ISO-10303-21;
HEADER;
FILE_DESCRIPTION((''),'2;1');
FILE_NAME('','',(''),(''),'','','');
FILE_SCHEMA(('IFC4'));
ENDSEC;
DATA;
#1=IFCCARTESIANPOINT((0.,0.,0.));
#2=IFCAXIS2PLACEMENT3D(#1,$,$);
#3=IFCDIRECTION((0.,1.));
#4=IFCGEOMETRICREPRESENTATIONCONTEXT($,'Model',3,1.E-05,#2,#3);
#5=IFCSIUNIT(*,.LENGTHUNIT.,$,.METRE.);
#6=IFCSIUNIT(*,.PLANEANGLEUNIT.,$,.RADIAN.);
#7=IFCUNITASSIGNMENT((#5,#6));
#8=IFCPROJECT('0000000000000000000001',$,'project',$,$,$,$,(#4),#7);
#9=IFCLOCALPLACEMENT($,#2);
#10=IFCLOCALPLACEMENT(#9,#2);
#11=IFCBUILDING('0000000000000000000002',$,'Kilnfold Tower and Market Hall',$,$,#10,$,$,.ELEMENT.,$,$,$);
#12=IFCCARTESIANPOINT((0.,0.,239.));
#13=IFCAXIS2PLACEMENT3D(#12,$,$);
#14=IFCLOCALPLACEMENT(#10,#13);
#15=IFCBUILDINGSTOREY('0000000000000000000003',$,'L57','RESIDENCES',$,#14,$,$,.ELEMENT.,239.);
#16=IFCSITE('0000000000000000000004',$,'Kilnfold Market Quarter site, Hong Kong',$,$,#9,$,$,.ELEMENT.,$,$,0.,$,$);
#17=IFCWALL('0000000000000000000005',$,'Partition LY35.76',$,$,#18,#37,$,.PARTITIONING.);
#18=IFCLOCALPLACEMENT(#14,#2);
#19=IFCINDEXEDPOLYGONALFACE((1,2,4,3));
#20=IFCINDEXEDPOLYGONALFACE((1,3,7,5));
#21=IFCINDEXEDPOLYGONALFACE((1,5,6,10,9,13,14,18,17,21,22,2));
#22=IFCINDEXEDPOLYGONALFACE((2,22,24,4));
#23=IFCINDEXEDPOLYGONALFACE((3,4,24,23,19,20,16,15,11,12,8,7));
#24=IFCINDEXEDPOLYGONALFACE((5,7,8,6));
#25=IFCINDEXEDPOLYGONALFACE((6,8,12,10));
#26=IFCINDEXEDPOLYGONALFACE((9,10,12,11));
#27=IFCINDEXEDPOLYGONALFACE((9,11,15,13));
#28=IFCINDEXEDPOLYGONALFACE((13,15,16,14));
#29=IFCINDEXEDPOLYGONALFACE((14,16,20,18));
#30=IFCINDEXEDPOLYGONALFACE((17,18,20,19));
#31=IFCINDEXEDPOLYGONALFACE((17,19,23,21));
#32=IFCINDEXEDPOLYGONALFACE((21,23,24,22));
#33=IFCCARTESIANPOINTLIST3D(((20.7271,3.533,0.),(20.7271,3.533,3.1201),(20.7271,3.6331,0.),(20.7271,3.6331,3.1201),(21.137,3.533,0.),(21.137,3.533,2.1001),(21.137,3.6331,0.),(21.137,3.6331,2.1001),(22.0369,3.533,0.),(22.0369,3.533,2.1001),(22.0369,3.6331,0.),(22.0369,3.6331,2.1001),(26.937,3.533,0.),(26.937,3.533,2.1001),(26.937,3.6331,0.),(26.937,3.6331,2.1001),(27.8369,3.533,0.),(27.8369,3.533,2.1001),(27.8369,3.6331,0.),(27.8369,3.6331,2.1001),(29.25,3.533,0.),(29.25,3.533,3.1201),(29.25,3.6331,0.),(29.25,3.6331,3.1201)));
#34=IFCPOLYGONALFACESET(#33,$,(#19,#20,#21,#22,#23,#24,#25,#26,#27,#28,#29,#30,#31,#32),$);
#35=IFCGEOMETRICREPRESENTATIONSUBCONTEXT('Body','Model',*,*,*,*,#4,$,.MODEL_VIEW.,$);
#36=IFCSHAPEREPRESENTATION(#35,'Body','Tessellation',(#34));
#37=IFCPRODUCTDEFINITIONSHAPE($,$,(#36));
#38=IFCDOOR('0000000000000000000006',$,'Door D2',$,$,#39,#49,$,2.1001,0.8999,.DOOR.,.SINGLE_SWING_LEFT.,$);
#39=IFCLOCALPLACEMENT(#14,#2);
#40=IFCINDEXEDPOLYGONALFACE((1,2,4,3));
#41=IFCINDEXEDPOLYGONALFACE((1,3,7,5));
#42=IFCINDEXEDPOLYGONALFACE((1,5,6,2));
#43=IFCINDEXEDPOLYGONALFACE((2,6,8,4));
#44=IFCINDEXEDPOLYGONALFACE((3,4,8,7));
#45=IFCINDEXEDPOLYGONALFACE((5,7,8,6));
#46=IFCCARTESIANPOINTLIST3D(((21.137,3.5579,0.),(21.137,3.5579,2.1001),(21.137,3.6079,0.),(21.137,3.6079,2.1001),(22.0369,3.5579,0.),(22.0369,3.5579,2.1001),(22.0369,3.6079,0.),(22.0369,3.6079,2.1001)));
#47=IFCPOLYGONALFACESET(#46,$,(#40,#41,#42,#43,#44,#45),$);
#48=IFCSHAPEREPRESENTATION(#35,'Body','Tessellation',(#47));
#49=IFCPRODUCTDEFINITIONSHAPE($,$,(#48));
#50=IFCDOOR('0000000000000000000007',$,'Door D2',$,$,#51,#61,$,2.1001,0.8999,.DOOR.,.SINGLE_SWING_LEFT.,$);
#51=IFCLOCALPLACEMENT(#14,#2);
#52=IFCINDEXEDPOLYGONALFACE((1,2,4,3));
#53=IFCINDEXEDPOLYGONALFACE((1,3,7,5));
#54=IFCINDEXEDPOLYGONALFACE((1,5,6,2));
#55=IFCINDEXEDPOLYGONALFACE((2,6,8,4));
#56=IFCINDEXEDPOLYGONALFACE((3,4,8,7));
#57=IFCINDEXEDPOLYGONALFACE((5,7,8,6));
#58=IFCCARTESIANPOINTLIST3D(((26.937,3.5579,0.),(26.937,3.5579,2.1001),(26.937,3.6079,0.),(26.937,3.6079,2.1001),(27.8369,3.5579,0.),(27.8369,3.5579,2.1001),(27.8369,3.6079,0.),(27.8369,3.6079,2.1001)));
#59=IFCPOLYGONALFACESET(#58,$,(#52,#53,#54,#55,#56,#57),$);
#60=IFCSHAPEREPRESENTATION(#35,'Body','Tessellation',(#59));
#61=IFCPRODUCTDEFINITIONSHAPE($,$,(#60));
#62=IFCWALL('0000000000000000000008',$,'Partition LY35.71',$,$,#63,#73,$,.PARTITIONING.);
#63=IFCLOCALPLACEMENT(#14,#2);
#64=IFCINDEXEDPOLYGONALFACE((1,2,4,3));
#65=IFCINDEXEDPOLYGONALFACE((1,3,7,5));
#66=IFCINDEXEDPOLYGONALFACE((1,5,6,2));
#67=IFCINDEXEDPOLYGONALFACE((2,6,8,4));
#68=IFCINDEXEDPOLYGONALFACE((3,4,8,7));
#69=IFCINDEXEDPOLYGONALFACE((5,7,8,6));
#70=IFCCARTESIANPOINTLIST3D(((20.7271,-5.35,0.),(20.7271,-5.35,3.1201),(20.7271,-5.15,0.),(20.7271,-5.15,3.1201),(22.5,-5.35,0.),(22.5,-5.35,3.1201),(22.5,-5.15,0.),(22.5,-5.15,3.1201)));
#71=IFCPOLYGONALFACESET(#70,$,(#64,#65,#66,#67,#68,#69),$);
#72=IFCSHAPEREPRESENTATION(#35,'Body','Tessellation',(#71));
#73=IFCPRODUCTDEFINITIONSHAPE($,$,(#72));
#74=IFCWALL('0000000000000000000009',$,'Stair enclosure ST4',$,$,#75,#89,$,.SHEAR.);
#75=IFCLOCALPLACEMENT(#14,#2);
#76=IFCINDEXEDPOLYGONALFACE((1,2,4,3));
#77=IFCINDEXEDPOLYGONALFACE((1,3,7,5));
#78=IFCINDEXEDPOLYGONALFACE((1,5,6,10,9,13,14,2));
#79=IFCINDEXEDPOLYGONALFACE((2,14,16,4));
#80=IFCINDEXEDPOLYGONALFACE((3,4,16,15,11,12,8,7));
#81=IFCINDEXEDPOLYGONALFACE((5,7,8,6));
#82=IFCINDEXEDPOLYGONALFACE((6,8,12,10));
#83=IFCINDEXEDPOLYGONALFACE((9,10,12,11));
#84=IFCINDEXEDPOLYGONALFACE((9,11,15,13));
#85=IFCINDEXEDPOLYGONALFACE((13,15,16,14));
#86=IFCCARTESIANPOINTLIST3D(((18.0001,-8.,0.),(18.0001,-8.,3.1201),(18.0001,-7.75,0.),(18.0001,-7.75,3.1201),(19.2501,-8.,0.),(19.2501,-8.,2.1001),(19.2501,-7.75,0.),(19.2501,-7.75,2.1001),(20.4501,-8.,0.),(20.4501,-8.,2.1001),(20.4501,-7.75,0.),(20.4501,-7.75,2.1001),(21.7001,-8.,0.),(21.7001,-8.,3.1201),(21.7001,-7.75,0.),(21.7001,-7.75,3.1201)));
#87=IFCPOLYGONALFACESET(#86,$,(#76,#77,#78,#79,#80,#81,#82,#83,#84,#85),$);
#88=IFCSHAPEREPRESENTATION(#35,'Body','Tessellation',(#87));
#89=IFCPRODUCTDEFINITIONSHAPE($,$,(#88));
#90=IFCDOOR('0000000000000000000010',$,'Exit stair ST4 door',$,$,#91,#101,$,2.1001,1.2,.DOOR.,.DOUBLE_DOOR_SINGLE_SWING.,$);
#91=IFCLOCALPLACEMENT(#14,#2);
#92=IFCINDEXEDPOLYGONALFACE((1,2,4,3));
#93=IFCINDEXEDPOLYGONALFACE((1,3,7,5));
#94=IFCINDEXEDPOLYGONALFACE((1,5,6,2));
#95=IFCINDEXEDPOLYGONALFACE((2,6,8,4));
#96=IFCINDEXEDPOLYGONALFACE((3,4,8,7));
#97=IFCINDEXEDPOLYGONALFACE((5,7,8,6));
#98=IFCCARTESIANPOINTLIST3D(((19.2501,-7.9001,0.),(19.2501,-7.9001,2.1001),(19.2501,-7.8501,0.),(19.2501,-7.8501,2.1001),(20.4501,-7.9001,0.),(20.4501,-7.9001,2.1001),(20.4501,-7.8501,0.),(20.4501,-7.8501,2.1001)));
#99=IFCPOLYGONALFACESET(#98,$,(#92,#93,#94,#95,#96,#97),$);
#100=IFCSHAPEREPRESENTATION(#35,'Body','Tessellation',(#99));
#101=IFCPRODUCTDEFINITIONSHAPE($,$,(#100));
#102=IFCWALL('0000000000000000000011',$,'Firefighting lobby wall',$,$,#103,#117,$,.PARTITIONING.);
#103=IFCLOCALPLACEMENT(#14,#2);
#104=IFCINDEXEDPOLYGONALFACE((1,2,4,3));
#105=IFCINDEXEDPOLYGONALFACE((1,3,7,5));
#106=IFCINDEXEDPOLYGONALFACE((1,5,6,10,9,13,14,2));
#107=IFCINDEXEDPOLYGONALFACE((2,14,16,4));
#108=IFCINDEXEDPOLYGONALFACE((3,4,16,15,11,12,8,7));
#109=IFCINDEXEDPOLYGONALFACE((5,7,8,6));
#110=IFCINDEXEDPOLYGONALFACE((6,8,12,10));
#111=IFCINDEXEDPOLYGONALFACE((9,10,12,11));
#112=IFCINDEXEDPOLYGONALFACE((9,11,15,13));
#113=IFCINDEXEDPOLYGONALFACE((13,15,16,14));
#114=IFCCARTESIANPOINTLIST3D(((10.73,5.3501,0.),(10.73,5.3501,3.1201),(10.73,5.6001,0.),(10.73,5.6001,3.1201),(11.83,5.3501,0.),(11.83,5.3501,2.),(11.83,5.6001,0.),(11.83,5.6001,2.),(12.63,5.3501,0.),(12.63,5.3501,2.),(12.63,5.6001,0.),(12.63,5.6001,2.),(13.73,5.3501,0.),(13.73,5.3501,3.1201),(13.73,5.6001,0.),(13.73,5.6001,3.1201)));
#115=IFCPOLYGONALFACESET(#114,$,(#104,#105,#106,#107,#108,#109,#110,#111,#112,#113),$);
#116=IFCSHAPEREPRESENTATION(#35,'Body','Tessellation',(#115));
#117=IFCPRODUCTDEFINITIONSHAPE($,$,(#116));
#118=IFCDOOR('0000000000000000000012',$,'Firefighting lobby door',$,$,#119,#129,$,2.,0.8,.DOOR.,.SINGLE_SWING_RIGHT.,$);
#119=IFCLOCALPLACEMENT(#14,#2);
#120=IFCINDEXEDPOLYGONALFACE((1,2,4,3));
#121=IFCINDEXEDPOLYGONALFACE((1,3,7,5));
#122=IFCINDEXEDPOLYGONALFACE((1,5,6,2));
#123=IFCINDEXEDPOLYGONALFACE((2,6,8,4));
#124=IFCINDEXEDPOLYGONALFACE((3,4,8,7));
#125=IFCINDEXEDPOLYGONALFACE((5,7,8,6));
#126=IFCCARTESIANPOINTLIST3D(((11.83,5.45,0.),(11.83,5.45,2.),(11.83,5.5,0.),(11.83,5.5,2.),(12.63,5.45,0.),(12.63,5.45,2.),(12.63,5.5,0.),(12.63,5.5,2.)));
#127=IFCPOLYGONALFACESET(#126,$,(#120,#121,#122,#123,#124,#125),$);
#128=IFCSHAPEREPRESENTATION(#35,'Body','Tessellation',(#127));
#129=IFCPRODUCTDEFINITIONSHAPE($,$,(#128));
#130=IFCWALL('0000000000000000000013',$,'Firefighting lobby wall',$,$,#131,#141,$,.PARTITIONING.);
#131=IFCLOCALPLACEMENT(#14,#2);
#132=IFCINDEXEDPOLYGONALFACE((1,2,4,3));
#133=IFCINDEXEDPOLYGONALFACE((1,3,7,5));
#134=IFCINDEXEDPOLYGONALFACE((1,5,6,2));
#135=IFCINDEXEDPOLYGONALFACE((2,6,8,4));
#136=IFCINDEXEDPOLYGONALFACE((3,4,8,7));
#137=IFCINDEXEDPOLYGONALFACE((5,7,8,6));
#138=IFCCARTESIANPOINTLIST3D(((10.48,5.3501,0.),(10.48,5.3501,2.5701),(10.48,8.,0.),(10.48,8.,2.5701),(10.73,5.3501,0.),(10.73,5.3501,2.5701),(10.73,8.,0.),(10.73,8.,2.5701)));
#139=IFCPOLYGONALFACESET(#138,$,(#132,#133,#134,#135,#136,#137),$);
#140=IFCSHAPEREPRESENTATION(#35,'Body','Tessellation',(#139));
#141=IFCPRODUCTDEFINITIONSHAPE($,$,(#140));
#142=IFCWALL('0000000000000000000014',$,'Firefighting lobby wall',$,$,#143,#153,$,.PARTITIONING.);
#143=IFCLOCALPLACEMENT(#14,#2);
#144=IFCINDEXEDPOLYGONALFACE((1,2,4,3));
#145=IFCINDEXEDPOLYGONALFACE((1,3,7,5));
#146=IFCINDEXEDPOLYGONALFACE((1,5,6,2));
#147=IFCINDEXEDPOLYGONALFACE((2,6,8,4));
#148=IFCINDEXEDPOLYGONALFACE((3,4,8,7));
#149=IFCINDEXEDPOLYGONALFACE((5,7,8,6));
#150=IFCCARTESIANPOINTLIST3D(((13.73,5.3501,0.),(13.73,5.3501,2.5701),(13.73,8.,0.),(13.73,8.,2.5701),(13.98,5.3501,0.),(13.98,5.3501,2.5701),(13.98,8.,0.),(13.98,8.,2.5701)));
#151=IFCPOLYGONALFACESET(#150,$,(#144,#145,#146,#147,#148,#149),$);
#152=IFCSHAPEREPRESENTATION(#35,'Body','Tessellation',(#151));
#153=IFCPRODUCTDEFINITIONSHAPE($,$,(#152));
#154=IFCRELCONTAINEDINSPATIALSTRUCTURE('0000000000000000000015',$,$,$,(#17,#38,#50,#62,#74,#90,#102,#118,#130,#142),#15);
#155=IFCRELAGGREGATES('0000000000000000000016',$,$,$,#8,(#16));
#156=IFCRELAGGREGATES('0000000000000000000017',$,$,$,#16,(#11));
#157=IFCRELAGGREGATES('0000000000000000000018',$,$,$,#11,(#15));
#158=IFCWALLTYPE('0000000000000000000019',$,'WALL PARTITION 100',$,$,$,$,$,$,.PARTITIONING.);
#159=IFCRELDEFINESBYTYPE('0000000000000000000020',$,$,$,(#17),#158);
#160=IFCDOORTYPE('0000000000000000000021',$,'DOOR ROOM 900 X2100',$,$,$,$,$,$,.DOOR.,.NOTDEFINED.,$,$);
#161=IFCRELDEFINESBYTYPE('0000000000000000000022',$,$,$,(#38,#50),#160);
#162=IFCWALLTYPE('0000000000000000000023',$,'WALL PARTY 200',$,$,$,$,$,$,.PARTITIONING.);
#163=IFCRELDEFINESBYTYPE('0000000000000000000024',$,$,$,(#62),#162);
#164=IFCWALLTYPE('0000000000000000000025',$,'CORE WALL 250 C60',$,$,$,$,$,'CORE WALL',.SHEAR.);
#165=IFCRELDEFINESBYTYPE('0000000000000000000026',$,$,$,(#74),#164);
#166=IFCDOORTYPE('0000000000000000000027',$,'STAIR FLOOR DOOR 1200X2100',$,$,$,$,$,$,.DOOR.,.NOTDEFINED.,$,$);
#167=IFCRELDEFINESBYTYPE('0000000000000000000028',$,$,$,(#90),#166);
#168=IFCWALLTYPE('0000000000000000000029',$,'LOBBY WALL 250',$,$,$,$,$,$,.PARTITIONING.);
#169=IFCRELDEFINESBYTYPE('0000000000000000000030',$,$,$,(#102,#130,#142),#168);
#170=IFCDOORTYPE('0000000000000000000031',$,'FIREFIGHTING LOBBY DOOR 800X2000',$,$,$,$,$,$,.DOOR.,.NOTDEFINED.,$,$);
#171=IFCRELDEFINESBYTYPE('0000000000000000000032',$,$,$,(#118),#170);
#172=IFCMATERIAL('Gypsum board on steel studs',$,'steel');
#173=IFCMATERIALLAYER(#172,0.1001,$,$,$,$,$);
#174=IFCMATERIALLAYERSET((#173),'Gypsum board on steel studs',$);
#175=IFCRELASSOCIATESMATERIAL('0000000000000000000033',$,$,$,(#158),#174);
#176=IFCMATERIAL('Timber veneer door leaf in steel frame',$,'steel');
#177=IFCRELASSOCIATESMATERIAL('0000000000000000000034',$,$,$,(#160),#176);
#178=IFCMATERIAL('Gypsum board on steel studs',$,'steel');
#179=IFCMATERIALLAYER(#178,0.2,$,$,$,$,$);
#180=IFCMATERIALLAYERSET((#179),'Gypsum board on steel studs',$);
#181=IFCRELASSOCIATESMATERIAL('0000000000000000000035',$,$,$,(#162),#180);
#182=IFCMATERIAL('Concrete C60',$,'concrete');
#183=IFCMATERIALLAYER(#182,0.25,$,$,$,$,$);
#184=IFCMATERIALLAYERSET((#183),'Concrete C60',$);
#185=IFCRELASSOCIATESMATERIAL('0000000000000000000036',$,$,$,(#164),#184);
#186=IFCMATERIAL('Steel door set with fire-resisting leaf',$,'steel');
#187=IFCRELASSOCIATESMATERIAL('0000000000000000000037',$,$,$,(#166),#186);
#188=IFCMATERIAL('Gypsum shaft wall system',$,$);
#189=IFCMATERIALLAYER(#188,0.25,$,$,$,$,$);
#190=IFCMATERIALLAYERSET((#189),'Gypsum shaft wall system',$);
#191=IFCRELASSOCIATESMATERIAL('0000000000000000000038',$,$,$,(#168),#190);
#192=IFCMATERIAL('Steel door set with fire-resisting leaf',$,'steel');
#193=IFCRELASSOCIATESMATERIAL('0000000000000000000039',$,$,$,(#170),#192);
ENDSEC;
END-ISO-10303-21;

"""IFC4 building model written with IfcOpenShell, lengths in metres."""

from ifc_helpers import new_model, si_unit, direction, frame, frame_2d, origin, place, context, subcontext, project, spatial, rectangle, extrude, source, transform, mapped, material, layer, layer_set, type_object, element, fill, save


model = new_model("IFC4")

# Units and contexts
model_context = context("Model", 3, precision=1e-05, world=origin(), true_north=direction((0.0, 1.0)))
body_context = subcontext(model_context, "Body", "Model", "MODEL_VIEW")
ifc_project = project(units=[si_unit("LENGTHUNIT", "METRE"), si_unit("PLANEANGLEUNIT", "RADIAN")], contexts=[model_context])

# Site, building, storey
site_placement = place(None, origin())
site = spatial("IfcSite", under=ifc_project, at=site_placement, Name="Kilnfold Market Quarter site, Hong Kong", CompositionType="ELEMENT", RefElevation=0.0)
building_placement = place(site_placement, origin())
building = spatial("IfcBuilding", under=site, at=building_placement, Name="Kilnfold Tower and Market Hall", CompositionType="ELEMENT")
storey_placement = place(building_placement, frame((0.0, 0.0, 239.0)))
storey = spatial("IfcBuildingStorey", under=building, at=storey_placement, Name="L57", Description="RESIDENCES", CompositionType="ELEMENT", Elevation=239.0)

# Wall, openings, doors
ifc_material_1 = material(Name="Gypsum board on steel studs", Category="steel")
ifc_layer_1 = layer(ifc_material_1, 0.1001)
ifc_layer_set_1 = layer_set([ifc_layer_1], Name="Gypsum board on steel studs")
wall_type_1 = type_object("IfcWallType", Name="WALL PARTITION 100", PredefinedType="PARTITIONING", material=ifc_layer_set_1)
wall_1_placement = place(storey_placement, frame((20.7271, 3.583, 0.0), z_axis=(0.0, 0.0, 1.0), x_axis=(1.0, 0.0, 0.0)))
wall_1 = element("IfcWall", 1, at=wall_1_placement, inside=storey, type_object=wall_type_1, Name="Partition LY35.76", PredefinedType="PARTITIONING", context=body_context, shape_type="SweptSolid", body=[
    extrude(rectangle(XDim=8.5229, YDim=0.1001, at=frame_2d((4.2615, 0.0))), origin(), (0.0, 0.0, 1.0), 3.1201),
])
opening_1_placement = place(wall_1_placement, frame((0.4099, 0.0, 0.0)))
opening_1 = element("IfcOpeningElement", 2, at=opening_1_placement, cuts=wall_1, PredefinedType="OPENING", context=body_context, shape_type="SweptSolid", body=[
    extrude(rectangle(XDim=0.8999, YDim=2.1001, at=frame_2d((0.45, 1.05))), frame((0.0, 0.0601, 0.0), z_axis=(0.0, -1.0, 0.0), x_axis=(1.0, 0.0, 0.0)), (0.0, 0.0, 1.0), 0.1201),
])
opening_2_placement = place(wall_1_placement, frame((6.21, 0.0, 0.0)))
opening_2 = element("IfcOpeningElement", 3, at=opening_2_placement, cuts=wall_1, PredefinedType="OPENING", context=body_context, shape_type="SweptSolid", body=[
    extrude(rectangle(XDim=0.8999, YDim=2.1001, at=frame_2d((0.45, 1.05))), frame((0.0, 0.0601, 0.0), z_axis=(0.0, -1.0, 0.0), x_axis=(1.0, 0.0, 0.0)), (0.0, 0.0, 1.0), 0.1201),
])
ifc_material_2 = material(Name="Timber veneer door leaf in steel frame", Category="steel")
door_type_1 = type_object("IfcDoorType", Name="DOOR ROOM 900 X2100", OperationType="NOTDEFINED", PredefinedType="DOOR", material=ifc_material_2)
door_1_placement = place(opening_1_placement, origin())
door_1 = element("IfcDoor", 4, at=door_1_placement, inside=storey, type_object=door_type_1, Name="Door D2", OperationType="SINGLE_SWING_LEFT", OverallHeight=2.1001, OverallWidth=0.8999, PredefinedType="DOOR", context=body_context, shape_type="SweptSolid", body=[
    extrude(rectangle(XDim=0.8999, YDim=2.1001, at=frame_2d((0.45, 1.05))), frame((0.0, 0.0249, 0.0), z_axis=(0.0, -1.0, 0.0), x_axis=(1.0, 0.0, 0.0)), (0.0, 0.0, 1.0), 0.05),
])
fill(opening_1, door_1)
door_2_placement = place(opening_2_placement, origin())
door_2 = element("IfcDoor", 5, at=door_2_placement, inside=storey, type_object=door_type_1, Name="Door D2", OperationType="SINGLE_SWING_LEFT", OverallHeight=2.1001, OverallWidth=0.8999, PredefinedType="DOOR", context=body_context, shape_type="SweptSolid", body=[
    extrude(rectangle(XDim=0.8999, YDim=2.1001, at=frame_2d((0.45, 1.05))), frame((0.0, 0.0249, 0.0), z_axis=(0.0, -1.0, 0.0), x_axis=(1.0, 0.0, 0.0)), (0.0, 0.0, 1.0), 0.05),
])
fill(opening_2, door_2)

# Wall
ifc_material_3 = material(Name="Gypsum board on steel studs", Category="steel")
ifc_layer_2 = layer(ifc_material_3, 0.2)
ifc_layer_set_2 = layer_set([ifc_layer_2], Name="Gypsum board on steel studs")
wall_type_2 = type_object("IfcWallType", Name="WALL PARTY 200", PredefinedType="PARTITIONING", material=ifc_layer_set_2)
wall_2_placement = place(storey_placement, frame((20.7271, -5.25, 0.0), z_axis=(0.0, 0.0, 1.0), x_axis=(1.0, 0.0, 0.0)))
element("IfcWall", 6, at=wall_2_placement, inside=storey, type_object=wall_type_2, Name="Partition LY35.71", PredefinedType="PARTITIONING", context=body_context, shape_type="SweptSolid", body=[
    extrude(rectangle(XDim=1.7729, YDim=0.2, at=frame_2d((0.8865, 0.0))), origin(), (0.0, 0.0, 1.0), 3.1201),
])

# Walls, openings, doors
ifc_material_4 = material(Name="Concrete C60", Category="concrete")
ifc_layer_3 = layer(ifc_material_4, 0.25)
ifc_layer_set_3 = layer_set([ifc_layer_3], Name="Concrete C60")
wall_type_3 = type_object("IfcWallType", Name="CORE WALL 250 C60", ElementType="CORE WALL", PredefinedType="SHEAR", material=ifc_layer_set_3)
shared_shape_1 = source(origin(), body_context, "Body", "SweptSolid", [
    extrude(rectangle(XDim=3.7, YDim=0.25, at=frame_2d((1.8501, 0.0))), origin(), (0.0, 0.0, 1.0), 3.1201),
])
wall_3_placement = place(storey_placement, frame((18.0, -7.875, 0.0), z_axis=(0.0, 0.0, 1.0), x_axis=(1.0, 0.0, 0.0)))
wall_3 = element("IfcWall", 7, at=wall_3_placement, inside=storey, type_object=wall_type_3, Name="Stair enclosure ST4", PredefinedType="SHEAR", context=body_context, shape_type="MappedRepresentation", body=[
    mapped(shared_shape_1, transform((0.0, 0.0, 0.0))),
])
opening_3_placement = place(wall_3_placement, frame((1.25, 0.0, 0.0)))
opening_3 = element("IfcOpeningElement", 8, at=opening_3_placement, cuts=wall_3, PredefinedType="OPENING", context=body_context, shape_type="SweptSolid", body=[
    extrude(rectangle(XDim=1.2, YDim=2.1001, at=frame_2d((0.6001, 1.05))), frame((0.0, 0.135, 0.0), z_axis=(0.0, -1.0, 0.0), x_axis=(1.0, 0.0, 0.0)), (0.0, 0.0, 1.0), 0.27),
])
ifc_material_5 = material(Name="Steel door set with fire-resisting leaf", Category="steel")
door_type_2 = type_object("IfcDoorType", Name="STAIR FLOOR DOOR 1200X2100", OperationType="NOTDEFINED", PredefinedType="DOOR", material=ifc_material_5)
door_3_placement = place(opening_3_placement, origin())
door_3 = element("IfcDoor", 9, at=door_3_placement, inside=storey, type_object=door_type_2, Name="Exit stair ST4 door", OperationType="DOUBLE_DOOR_SINGLE_SWING", OverallHeight=2.1001, OverallWidth=1.2, PredefinedType="DOOR", context=body_context, shape_type="SweptSolid", body=[
    extrude(rectangle(XDim=1.2, YDim=2.1001, at=frame_2d((0.6001, 1.05))), frame((0.0, 0.0249, 0.0), z_axis=(0.0, -1.0, 0.0), x_axis=(1.0, 0.0, 0.0)), (0.0, 0.0, 1.0), 0.05),
])
fill(opening_3, door_3)
ifc_material_6 = material(Name="Gypsum shaft wall system")
ifc_layer_4 = layer(ifc_material_6, 0.25)
ifc_layer_set_4 = layer_set([ifc_layer_4], Name="Gypsum shaft wall system")
wall_type_4 = type_object("IfcWallType", Name="LOBBY WALL 250", PredefinedType="PARTITIONING", material=ifc_layer_set_4)
shared_shape_2 = source(origin(), body_context, "Body", "SweptSolid", [
    extrude(rectangle(XDim=3.0, YDim=0.25, at=frame_2d((1.5, 0.0))), origin(), (0.0, 0.0, 1.0), 3.1201),
])
wall_4_placement = place(storey_placement, frame((10.73, 5.4751, 0.0), z_axis=(0.0, 0.0, 1.0), x_axis=(1.0, 0.0, 0.0)))
wall_4 = element("IfcWall", 10, at=wall_4_placement, inside=storey, type_object=wall_type_4, Name="Firefighting lobby wall", PredefinedType="PARTITIONING", context=body_context, shape_type="MappedRepresentation", body=[
    mapped(shared_shape_2, transform((0.0, 0.0, 0.0))),
])
opening_4_placement = place(wall_4_placement, frame((1.1001, 0.0, 0.0)))
opening_4 = element("IfcOpeningElement", 11, at=opening_4_placement, cuts=wall_4, PredefinedType="OPENING", context=body_context, shape_type="SweptSolid", body=[
    extrude(rectangle(XDim=0.8, YDim=2.0, at=frame_2d((0.3999, 1.0))), frame((0.0, 0.135, 0.0), z_axis=(0.0, -1.0, 0.0), x_axis=(1.0, 0.0, 0.0)), (0.0, 0.0, 1.0), 0.27),
])
ifc_material_7 = material(Name="Steel door set with fire-resisting leaf", Category="steel")
door_type_3 = type_object("IfcDoorType", Name="FIREFIGHTING LOBBY DOOR 800X2000", OperationType="NOTDEFINED", PredefinedType="DOOR", material=ifc_material_7)
door_4_placement = place(opening_4_placement, origin())
door_4 = element("IfcDoor", 12, at=door_4_placement, inside=storey, type_object=door_type_3, Name="Firefighting lobby door", OperationType="SINGLE_SWING_RIGHT", OverallHeight=2.0, OverallWidth=0.8, PredefinedType="DOOR", context=body_context, shape_type="SweptSolid", body=[
    extrude(rectangle(XDim=0.8, YDim=2.0, at=frame_2d((0.3999, 1.0))), frame((0.0, 0.0249, 0.0), z_axis=(0.0, -1.0, 0.0), x_axis=(1.0, 0.0, 0.0)), (0.0, 0.0, 1.0), 0.05),
])
fill(opening_4, door_4)

# Walls
shared_shape_3 = source(origin(), body_context, "Body", "SweptSolid", [
    extrude(rectangle(XDim=2.6499, YDim=0.25, at=frame_2d((1.325, 0.0))), origin(), (0.0, 0.0, 1.0), 2.5701),
])
for number, where, z_axis, x_axis, name in (
    (13, (10.605, 5.3501, 0.0), (0.0, 0.0, 1.0), (0.0, 1.0, 0.0), "Firefighting lobby wall"),
    (14, (13.855, 5.3501, 0.0), (0.0, 0.0, 1.0), (0.0, 1.0, 0.0), "Firefighting lobby wall"),
):
    element("IfcWall", number, at=place(storey_placement, frame(where, z_axis=z_axis, x_axis=x_axis)), inside=storey, type_object=wall_type_4, Name=name, PredefinedType="PARTITIONING", context=body_context, shape_type="MappedRepresentation", body=[
        mapped(shared_shape_3, transform((0.0, 0.0, 0.0))),
    ])

save(model, "model.ifc")
